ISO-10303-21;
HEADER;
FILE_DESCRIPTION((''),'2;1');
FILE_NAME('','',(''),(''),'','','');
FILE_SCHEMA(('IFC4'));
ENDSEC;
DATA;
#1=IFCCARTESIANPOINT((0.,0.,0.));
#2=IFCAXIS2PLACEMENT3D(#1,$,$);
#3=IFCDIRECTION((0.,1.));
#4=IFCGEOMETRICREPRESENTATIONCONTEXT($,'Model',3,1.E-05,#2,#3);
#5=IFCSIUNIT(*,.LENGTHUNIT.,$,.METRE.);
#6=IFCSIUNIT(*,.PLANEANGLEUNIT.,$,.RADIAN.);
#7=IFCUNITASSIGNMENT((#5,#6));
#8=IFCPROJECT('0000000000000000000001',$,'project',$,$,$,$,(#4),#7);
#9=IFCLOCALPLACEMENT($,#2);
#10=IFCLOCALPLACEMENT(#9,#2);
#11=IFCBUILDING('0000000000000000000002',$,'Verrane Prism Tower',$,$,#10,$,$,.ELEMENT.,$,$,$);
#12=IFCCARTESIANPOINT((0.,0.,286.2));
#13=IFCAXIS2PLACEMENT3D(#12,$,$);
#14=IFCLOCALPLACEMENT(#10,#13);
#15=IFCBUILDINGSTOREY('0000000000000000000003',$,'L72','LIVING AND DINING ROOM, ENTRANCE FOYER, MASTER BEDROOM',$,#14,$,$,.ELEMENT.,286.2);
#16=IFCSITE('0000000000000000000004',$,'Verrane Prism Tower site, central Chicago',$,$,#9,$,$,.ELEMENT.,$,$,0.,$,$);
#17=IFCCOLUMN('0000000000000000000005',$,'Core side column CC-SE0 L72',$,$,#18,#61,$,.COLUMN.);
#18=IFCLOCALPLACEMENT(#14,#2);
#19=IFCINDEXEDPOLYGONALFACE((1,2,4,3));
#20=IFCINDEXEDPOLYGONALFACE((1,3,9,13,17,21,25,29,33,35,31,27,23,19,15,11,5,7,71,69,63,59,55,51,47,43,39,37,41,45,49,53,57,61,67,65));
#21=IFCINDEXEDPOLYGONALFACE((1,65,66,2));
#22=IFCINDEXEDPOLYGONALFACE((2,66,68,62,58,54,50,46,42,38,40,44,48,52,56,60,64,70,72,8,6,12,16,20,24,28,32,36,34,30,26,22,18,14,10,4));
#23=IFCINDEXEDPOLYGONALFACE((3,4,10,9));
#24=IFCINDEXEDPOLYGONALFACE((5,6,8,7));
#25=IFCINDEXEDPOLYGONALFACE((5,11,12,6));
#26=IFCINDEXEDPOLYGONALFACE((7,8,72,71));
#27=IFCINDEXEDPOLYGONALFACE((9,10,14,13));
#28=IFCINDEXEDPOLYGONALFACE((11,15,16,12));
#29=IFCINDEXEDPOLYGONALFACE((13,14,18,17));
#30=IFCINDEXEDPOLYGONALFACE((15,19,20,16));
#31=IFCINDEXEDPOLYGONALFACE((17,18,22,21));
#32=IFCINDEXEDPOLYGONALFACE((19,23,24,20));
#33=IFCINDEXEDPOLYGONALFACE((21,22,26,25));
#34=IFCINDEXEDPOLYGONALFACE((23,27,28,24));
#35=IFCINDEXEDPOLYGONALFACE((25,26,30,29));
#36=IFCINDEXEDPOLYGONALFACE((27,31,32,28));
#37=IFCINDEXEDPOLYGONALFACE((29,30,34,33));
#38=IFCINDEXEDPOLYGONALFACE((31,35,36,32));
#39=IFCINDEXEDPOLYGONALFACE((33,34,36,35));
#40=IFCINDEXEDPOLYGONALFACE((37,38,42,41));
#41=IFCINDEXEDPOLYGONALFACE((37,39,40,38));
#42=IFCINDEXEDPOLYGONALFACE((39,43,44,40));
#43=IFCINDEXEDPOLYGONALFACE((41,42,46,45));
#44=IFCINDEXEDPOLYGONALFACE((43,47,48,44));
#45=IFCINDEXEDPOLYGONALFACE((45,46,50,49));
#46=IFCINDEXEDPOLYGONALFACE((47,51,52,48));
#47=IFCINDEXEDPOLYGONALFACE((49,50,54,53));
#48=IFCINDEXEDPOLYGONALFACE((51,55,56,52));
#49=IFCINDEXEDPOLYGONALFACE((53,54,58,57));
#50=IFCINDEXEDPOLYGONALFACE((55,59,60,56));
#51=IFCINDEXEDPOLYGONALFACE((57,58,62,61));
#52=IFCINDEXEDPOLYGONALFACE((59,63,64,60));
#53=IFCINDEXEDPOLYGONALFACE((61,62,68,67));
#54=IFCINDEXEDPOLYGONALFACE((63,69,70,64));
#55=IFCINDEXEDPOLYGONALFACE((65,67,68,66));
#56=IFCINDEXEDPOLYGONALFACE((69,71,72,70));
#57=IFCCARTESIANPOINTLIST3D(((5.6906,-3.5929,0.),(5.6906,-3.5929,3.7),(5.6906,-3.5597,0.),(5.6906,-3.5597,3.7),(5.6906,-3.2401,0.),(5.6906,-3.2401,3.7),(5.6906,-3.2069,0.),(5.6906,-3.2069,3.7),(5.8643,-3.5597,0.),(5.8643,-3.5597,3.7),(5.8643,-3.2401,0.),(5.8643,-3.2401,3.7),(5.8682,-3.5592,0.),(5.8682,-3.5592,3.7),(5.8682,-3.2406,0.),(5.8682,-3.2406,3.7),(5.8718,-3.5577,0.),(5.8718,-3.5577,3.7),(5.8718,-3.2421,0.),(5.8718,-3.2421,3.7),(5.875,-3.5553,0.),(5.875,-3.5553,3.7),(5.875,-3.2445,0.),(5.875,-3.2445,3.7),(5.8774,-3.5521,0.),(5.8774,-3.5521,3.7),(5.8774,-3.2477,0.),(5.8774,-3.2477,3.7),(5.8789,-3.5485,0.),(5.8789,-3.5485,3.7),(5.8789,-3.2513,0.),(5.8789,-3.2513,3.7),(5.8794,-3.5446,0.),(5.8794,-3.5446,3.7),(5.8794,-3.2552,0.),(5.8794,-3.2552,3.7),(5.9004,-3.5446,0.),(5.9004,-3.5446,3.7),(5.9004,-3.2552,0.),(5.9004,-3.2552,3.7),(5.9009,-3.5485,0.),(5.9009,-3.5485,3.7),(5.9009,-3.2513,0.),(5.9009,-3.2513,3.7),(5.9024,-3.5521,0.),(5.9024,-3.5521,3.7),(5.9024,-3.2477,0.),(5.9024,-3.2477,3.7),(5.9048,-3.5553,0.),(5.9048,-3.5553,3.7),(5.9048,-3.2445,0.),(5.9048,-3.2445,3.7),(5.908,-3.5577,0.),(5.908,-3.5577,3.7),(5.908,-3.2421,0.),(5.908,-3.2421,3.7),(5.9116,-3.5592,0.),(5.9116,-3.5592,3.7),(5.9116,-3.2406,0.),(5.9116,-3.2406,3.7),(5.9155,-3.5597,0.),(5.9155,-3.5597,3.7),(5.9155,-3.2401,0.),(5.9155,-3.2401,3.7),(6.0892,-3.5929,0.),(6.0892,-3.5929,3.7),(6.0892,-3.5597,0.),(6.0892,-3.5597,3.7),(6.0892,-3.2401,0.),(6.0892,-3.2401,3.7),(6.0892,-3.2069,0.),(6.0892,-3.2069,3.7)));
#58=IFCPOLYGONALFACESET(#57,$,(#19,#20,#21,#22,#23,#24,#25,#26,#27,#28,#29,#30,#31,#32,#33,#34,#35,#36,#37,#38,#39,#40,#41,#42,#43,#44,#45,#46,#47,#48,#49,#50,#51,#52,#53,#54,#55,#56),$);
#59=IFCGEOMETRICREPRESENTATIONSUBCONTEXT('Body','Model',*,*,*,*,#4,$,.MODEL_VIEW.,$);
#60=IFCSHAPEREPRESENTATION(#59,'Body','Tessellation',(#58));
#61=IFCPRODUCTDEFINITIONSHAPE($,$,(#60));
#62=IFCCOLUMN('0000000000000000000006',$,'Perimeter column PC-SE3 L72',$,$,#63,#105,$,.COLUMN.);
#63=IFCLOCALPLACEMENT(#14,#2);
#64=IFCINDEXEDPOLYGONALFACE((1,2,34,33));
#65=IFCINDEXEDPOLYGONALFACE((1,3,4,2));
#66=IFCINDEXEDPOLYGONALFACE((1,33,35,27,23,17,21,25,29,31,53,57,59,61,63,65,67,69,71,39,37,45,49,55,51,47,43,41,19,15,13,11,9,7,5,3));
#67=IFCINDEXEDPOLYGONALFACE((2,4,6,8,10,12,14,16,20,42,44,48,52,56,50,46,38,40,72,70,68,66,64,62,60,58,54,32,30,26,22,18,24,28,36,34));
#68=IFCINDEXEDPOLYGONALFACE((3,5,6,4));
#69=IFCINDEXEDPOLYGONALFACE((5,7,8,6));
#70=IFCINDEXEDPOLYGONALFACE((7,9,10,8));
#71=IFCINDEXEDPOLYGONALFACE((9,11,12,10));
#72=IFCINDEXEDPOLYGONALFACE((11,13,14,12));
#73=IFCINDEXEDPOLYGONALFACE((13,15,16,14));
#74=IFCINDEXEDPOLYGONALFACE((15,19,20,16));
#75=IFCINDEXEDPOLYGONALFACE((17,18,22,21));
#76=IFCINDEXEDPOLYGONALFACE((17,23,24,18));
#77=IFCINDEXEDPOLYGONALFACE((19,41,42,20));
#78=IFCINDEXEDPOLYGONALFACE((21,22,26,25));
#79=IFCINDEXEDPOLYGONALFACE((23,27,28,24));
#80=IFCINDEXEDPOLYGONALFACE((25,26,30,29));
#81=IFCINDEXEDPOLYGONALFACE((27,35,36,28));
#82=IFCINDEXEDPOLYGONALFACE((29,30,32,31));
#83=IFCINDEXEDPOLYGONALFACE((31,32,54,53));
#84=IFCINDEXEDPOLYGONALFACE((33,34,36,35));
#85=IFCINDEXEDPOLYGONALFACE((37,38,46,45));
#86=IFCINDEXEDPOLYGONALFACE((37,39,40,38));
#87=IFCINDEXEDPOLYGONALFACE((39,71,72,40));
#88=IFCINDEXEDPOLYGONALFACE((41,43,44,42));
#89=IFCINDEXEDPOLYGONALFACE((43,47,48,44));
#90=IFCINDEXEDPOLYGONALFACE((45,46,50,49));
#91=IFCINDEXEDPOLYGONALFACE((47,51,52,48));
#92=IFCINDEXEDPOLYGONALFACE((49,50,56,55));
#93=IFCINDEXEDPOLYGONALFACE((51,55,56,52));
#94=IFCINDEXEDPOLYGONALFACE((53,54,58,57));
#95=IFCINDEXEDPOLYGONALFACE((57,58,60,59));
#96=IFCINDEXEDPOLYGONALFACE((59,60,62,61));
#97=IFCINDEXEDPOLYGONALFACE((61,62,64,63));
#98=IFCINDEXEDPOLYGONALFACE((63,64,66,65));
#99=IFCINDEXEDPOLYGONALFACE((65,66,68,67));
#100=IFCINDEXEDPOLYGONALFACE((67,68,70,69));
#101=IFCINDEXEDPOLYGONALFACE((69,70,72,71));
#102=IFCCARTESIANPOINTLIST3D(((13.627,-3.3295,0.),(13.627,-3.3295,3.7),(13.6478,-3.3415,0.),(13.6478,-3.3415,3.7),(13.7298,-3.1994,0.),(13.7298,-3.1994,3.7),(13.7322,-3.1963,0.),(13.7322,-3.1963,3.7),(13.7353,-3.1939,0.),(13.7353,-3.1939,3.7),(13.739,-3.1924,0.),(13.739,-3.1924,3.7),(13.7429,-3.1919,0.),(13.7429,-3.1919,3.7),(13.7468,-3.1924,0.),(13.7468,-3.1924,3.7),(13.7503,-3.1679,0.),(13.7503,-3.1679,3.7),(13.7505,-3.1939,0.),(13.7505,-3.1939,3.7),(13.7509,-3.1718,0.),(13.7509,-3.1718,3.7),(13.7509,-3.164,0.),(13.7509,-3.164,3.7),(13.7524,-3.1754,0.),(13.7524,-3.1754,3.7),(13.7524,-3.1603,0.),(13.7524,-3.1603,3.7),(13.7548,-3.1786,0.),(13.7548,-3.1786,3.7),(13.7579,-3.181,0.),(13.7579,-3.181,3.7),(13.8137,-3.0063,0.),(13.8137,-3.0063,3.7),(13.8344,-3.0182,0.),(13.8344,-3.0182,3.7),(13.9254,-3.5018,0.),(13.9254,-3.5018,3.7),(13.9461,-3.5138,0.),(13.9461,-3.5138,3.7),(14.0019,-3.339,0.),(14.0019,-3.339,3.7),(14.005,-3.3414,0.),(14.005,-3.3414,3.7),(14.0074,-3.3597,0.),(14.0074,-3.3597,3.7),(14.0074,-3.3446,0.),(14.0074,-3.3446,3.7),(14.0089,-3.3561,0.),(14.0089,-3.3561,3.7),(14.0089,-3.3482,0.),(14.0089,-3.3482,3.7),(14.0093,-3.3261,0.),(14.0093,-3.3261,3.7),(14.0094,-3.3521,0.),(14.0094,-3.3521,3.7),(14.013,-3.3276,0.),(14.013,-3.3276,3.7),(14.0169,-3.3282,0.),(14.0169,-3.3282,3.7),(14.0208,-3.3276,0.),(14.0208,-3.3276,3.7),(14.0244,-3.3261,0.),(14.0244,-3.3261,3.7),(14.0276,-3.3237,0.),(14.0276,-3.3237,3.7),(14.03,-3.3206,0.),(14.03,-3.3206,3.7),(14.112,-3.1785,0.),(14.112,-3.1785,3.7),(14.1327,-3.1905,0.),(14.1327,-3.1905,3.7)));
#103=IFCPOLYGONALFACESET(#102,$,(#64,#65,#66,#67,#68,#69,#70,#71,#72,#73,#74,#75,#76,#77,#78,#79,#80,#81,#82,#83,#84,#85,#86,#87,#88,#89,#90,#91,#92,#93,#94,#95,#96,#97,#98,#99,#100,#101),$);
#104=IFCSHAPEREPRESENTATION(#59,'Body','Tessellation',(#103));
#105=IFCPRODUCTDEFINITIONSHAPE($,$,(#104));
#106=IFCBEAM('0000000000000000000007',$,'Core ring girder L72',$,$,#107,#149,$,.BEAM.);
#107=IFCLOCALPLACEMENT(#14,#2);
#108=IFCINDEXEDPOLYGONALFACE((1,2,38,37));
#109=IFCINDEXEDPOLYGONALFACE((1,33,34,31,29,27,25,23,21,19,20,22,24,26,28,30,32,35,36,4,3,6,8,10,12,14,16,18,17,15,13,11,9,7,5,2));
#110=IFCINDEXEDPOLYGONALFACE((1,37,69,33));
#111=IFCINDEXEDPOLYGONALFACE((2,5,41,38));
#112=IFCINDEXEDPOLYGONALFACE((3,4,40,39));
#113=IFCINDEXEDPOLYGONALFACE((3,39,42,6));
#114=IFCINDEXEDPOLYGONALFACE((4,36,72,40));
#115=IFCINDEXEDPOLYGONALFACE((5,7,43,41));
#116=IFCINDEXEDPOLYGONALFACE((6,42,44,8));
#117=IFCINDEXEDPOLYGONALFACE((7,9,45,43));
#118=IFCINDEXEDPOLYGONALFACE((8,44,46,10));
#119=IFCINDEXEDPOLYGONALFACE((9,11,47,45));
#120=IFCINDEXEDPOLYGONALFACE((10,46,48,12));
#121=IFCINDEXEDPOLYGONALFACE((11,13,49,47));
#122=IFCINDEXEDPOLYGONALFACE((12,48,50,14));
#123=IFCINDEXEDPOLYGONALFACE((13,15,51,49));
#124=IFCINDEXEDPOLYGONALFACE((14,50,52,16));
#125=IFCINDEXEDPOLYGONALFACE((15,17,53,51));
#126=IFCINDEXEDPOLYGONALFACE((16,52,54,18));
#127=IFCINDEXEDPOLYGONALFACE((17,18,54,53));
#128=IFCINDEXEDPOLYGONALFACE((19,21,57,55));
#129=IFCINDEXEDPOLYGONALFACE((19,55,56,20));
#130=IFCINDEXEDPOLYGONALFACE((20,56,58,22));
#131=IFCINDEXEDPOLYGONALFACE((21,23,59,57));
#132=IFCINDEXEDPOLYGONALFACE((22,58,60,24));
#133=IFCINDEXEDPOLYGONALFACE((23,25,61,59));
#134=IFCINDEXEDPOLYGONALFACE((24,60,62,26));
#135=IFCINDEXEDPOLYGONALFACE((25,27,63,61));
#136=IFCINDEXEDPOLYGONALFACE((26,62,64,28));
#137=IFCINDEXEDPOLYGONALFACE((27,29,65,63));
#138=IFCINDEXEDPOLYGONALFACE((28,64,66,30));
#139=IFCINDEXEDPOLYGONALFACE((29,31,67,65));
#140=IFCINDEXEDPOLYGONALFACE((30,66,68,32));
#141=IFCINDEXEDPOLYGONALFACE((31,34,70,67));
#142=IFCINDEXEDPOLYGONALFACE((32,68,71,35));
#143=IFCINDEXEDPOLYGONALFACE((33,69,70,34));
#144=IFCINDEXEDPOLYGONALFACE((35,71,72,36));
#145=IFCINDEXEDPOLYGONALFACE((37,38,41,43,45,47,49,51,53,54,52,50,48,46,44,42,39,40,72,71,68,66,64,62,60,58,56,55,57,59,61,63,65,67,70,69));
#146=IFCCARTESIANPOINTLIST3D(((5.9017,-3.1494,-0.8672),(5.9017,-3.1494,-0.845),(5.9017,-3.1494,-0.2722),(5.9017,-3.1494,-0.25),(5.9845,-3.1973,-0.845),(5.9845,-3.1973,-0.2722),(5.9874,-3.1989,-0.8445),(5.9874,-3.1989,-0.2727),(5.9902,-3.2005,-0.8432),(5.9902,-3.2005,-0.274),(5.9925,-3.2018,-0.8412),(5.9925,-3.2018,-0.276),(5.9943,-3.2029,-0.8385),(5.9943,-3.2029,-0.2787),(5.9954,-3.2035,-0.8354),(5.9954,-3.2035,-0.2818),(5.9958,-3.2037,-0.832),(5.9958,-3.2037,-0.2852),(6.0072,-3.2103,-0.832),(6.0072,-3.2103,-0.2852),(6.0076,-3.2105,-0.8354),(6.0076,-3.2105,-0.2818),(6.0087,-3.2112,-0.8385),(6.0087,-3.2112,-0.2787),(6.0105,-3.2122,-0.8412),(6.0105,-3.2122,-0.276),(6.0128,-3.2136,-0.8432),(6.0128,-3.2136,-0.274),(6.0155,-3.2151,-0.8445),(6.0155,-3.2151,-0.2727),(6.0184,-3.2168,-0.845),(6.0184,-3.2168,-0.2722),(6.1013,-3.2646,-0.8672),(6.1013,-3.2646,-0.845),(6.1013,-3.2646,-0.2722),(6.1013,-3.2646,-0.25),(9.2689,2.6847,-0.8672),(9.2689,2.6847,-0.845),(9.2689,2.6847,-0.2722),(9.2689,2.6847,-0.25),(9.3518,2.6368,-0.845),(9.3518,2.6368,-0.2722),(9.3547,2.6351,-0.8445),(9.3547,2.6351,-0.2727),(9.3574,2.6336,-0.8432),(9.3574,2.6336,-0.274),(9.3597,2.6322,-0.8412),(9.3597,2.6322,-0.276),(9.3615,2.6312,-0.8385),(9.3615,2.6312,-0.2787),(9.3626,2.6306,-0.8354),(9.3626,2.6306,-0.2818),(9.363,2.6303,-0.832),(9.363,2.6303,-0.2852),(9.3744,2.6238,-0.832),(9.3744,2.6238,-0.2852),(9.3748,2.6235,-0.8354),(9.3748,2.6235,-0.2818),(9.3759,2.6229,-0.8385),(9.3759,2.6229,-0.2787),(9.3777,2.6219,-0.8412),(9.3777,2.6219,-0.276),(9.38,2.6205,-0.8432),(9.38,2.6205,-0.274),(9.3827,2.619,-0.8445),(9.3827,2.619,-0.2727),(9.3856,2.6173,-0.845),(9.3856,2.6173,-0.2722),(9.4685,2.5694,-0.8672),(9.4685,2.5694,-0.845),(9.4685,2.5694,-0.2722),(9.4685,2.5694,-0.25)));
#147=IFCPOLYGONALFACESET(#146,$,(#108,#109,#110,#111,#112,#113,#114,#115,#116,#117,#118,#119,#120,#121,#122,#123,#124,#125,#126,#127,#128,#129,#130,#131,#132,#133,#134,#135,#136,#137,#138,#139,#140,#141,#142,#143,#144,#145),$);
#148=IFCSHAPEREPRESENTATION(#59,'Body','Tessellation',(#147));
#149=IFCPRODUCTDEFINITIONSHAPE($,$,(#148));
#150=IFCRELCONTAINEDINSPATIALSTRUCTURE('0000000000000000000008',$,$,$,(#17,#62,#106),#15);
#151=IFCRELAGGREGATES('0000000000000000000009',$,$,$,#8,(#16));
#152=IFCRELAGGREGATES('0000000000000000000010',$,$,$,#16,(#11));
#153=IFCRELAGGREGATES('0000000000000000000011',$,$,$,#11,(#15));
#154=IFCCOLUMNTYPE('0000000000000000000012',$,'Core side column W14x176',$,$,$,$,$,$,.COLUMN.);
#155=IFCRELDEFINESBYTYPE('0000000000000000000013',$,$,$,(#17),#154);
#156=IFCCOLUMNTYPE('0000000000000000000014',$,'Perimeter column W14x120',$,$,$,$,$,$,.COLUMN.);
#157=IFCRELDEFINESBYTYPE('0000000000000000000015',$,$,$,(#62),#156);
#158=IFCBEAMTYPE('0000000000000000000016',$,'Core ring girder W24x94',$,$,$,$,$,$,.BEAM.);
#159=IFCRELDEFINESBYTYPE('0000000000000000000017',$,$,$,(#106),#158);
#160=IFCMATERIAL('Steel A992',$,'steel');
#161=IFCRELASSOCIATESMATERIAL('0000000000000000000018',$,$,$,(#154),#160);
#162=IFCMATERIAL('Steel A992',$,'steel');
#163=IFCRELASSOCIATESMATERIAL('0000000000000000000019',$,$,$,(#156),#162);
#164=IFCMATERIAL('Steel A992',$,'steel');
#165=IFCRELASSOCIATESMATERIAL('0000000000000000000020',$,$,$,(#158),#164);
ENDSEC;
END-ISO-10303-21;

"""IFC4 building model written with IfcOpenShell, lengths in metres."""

from ifc_helpers import new_model, si_unit, direction, frame, origin, origin_2d, place, context, subcontext, project, spatial, i_section, extrude, material, material_profile, profile_set, type_object, element, save


model = new_model("IFC4")

# Units and contexts
model_context = context("Model", 3, precision=1e-05, world=origin(), true_north=direction((0.0, 1.0)))
body_context = subcontext(model_context, "Body", "Model", "MODEL_VIEW")
ifc_project = project(units=[si_unit("LENGTHUNIT", "METRE"), si_unit("PLANEANGLEUNIT", "RADIAN")], contexts=[model_context])

# Site, building, storey
site_placement = place(None, origin())
site = spatial("IfcSite", under=ifc_project, at=site_placement, Name="Verrane Prism Tower site, central Chicago", CompositionType="ELEMENT", RefElevation=0.0)
building_placement = place(site_placement, origin())
building = spatial("IfcBuilding", under=site, at=building_placement, Name="Verrane Prism Tower", CompositionType="ELEMENT")
storey_placement = place(building_placement, frame((0.0, 0.0, 286.2)))
storey = spatial("IfcBuildingStorey", under=building, at=storey_placement, Name="L72", Description="LIVING AND DINING ROOM, ENTRANCE FOYER, MASTER BEDROOM", CompositionType="ELEMENT", Elevation=286.2)

# Columns
ifc_material_1 = material(Name="Steel A992", Category="steel")
ifc_material_profile_1 = material_profile(ifc_material_1, i_section(OverallWidth=0.3987, OverallDepth=0.386, WebThickness=0.021, FlangeThickness=0.0332, FilletRadius=0.0151, at=origin_2d()), Name="W14x176")
ifc_profile_set_1 = profile_set([ifc_material_profile_1], Name="Steel A992")
column_type_1 = type_object("IfcColumnType", Name="Core side column W14x176", PredefinedType="COLUMN", material=ifc_profile_set_1)
column_1_placement = place(storey_placement, frame((5.8899, -3.3999, 0.0), z_axis=(0.0, 0.0, 1.0), x_axis=(1.0, 0.0, 0.0)))
element("IfcColumn", 1, at=column_1_placement, inside=storey, type_object=column_type_1, Name="Core side column CC-SE0 L72", PredefinedType="COLUMN", context=body_context, shape_type="SweptSolid", body=[
    extrude(i_section(OverallWidth=0.3987, OverallDepth=0.386, WebThickness=0.021, FlangeThickness=0.0332, FilletRadius=0.0151, at=origin_2d()), origin(), (0.0, 0.0, 1.0), 3.7),
])
ifc_material_2 = material(Name="Steel A992", Category="steel")
ifc_material_profile_2 = material_profile(ifc_material_2, i_section(OverallWidth=0.3733, OverallDepth=0.3684, WebThickness=0.0149, FlangeThickness=0.0239, FilletRadius=0.0151, at=origin_2d()), Name="W14x120")
ifc_profile_set_2 = profile_set([ifc_material_profile_2], Name="Steel A992")
column_type_2 = type_object("IfcColumnType", Name="Perimeter column W14x120", PredefinedType="COLUMN", material=ifc_profile_set_2)
column_2_placement = place(storey_placement, frame((13.8799, -3.26, 0.0), z_axis=(0.0, 0.0, 1.0), x_axis=(-0.5, -0.866025, 0.0)))
element("IfcColumn", 2, at=column_2_placement, inside=storey, type_object=column_type_2, Name="Perimeter column PC-SE3 L72", PredefinedType="COLUMN", context=body_context, shape_type="SweptSolid", body=[
    extrude(i_section(OverallWidth=0.3733, OverallDepth=0.3684, WebThickness=0.0149, FlangeThickness=0.0239, FilletRadius=0.0151, at=origin_2d()), origin(), (0.0, 0.0, 1.0), 3.7),
])

# Beam
ifc_material_3 = material(Name="Steel A992", Category="steel")
ifc_material_profile_3 = material_profile(ifc_material_3, i_section(OverallWidth=0.2305, OverallDepth=0.6172, WebThickness=0.0132, FlangeThickness=0.0222, FilletRadius=0.0129, at=origin_2d()), Name="W24x94")
ifc_profile_set_3 = profile_set([ifc_material_profile_3], Name="Steel A992")
beam_type_1 = type_object("IfcBeamType", Name="Core ring girder W24x94", PredefinedType="BEAM", material=ifc_profile_set_3)
beam_1_placement = place(storey_placement, frame((6.0015, -3.207, -0.5586), z_axis=(0.499881, 0.866094, 0.0), x_axis=(-0.866094, 0.499881, 0.0)))
element("IfcBeam", 3, at=beam_1_placement, inside=storey, type_object=beam_type_1, Name="Core ring girder L72", PredefinedType="BEAM", context=body_context, shape_type="SweptSolid", body=[
    extrude(i_section(OverallWidth=0.2305, OverallDepth=0.6172, WebThickness=0.0132, FlangeThickness=0.0222, FilletRadius=0.0129, at=origin_2d()), origin(), (0.0, 0.0, 1.0), 6.7361),
])

save(model, "model.ifc")
